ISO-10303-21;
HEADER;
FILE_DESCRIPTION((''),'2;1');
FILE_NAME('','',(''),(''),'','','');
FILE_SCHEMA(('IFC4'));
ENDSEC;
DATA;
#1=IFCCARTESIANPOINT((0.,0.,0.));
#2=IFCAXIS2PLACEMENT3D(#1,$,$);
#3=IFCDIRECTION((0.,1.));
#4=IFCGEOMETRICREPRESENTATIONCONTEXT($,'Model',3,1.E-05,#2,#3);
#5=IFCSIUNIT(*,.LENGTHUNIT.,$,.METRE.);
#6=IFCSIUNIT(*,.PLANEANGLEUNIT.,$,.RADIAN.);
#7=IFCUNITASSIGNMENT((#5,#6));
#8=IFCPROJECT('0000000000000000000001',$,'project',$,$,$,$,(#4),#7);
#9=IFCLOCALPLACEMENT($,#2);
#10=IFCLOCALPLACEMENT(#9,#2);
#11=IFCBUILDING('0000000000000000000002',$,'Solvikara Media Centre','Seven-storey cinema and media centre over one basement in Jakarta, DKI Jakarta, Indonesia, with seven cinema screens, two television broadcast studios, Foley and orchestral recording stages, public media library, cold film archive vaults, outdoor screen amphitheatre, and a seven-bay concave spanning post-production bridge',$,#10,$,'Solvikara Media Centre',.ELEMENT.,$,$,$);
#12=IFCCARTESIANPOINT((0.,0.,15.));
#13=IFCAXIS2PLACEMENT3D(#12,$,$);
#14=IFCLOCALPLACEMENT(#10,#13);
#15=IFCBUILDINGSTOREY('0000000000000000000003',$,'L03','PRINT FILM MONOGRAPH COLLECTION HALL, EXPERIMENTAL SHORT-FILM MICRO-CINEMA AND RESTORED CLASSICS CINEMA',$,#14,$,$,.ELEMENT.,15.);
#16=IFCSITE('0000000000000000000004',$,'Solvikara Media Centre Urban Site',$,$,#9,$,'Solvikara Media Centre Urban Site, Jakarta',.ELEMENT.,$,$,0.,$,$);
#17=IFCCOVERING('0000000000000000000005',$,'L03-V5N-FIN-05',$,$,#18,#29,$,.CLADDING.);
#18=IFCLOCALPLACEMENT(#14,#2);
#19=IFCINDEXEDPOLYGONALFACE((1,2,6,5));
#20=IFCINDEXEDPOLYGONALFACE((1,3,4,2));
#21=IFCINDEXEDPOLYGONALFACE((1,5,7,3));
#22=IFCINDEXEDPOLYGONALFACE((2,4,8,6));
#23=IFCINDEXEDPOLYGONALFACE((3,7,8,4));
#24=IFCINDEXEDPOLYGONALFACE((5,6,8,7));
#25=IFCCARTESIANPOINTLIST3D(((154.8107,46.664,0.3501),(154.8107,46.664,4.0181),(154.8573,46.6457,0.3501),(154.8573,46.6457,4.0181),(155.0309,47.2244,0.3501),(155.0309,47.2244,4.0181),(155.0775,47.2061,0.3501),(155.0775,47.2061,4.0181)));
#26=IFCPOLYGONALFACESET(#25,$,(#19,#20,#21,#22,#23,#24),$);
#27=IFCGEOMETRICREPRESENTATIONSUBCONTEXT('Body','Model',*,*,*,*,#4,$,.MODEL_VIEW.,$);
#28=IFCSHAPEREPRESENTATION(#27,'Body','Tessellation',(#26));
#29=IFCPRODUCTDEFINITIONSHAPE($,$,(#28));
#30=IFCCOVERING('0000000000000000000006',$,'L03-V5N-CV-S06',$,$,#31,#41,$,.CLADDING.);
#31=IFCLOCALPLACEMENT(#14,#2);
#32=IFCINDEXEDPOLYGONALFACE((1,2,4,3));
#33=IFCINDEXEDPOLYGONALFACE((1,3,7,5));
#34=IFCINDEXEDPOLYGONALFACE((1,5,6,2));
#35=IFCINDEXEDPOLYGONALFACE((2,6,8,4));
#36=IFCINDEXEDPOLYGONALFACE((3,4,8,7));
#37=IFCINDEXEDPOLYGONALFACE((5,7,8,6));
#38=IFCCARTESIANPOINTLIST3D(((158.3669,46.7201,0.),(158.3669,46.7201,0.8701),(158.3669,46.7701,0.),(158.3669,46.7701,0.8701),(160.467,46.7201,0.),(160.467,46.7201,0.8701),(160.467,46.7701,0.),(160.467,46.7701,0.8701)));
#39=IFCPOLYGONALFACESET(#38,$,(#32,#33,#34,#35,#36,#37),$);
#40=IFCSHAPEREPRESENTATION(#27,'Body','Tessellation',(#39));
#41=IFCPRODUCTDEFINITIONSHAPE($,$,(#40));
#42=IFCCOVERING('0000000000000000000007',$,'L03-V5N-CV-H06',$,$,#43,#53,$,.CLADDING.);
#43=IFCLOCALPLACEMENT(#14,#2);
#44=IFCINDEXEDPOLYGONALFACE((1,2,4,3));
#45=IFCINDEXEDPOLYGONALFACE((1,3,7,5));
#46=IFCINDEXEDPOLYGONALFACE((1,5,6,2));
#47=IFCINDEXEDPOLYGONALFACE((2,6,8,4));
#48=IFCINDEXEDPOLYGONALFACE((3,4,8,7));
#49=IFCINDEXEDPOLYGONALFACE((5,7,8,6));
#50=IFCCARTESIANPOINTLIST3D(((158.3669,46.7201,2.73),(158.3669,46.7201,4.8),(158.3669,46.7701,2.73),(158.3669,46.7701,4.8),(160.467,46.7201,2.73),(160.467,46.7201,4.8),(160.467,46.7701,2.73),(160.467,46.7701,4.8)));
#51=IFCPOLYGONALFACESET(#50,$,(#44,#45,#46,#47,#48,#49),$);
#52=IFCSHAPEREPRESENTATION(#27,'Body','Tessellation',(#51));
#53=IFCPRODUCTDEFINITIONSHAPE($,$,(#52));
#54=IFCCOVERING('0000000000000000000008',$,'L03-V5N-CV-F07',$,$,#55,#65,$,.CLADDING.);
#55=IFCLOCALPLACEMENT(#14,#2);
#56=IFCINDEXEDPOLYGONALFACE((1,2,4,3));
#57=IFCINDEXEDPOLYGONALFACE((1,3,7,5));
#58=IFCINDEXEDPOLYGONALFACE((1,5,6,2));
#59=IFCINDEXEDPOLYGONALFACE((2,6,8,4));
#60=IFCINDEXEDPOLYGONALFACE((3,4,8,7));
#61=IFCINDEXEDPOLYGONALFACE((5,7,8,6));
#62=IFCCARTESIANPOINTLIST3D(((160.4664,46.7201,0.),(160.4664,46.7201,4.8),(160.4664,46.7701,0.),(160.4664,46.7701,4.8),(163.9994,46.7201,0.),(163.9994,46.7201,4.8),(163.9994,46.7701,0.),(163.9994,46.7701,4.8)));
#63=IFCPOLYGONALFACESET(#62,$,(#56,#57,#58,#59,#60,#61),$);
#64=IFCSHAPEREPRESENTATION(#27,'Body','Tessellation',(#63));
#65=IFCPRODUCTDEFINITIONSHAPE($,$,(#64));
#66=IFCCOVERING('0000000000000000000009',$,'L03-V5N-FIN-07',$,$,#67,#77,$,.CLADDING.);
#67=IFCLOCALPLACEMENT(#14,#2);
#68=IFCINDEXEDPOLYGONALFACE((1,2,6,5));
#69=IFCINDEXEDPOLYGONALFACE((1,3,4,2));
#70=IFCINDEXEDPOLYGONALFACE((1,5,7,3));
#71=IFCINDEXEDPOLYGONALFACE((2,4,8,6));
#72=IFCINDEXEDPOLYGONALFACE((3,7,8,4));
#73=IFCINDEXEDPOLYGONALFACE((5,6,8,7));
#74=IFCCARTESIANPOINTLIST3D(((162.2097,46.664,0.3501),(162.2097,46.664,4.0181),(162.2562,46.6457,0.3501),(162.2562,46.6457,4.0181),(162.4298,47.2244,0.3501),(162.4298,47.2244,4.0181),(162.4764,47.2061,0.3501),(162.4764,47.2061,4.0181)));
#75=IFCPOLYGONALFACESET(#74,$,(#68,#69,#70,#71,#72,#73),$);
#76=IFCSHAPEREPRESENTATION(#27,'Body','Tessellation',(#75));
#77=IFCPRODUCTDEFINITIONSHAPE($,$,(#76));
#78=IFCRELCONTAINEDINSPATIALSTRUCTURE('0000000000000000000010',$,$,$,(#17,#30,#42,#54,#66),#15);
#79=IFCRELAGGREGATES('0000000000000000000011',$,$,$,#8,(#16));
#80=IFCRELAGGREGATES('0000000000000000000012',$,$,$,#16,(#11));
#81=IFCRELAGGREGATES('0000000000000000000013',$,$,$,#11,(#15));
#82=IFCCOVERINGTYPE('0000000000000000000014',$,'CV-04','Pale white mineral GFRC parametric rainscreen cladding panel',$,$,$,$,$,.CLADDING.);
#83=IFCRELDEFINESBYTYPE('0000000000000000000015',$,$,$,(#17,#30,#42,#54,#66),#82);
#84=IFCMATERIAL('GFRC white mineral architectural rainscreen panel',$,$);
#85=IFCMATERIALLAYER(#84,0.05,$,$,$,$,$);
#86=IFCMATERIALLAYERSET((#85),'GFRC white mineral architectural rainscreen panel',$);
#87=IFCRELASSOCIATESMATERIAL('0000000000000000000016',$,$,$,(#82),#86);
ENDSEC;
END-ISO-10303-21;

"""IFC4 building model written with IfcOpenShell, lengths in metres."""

from ifc_helpers import new_model, si_unit, direction, frame, origin, origin_2d, place, context, subcontext, project, spatial, rectangle, extrude, material, layer, layer_set, type_object, element, save


model = new_model("IFC4")

# Units and contexts
model_context = context("Model", 3, precision=1e-05, world=origin(), true_north=direction((0.0, 1.0)))
body_context = subcontext(model_context, "Body", "Model", "MODEL_VIEW")
ifc_project = project(units=[si_unit("LENGTHUNIT", "METRE"), si_unit("PLANEANGLEUNIT", "RADIAN")], contexts=[model_context])

# Site, building, storey
site_placement = place(None, origin())
site = spatial("IfcSite", under=ifc_project, at=site_placement, Name="Solvikara Media Centre Urban Site", LongName="Solvikara Media Centre Urban Site, Jakarta", CompositionType="ELEMENT", RefElevation=0.0)
building_placement = place(site_placement, origin())
building = spatial("IfcBuilding", under=site, at=building_placement, Name="Solvikara Media Centre", Description="Seven-storey cinema and media centre over one basement in Jakarta, DKI Jakarta, Indonesia, with seven cinema screens, two television broadcast studios, Foley and orchestral recording stages, public media library, cold film archive vaults, outdoor screen amphitheatre, and a seven-bay concave spanning post-production bridge", LongName="Solvikara Media Centre", CompositionType="ELEMENT")
storey_placement = place(building_placement, frame((0.0, 0.0, 15.0)))
storey = spatial("IfcBuildingStorey", under=building, at=storey_placement, Name="L03", Description="PRINT FILM MONOGRAPH COLLECTION HALL, EXPERIMENTAL SHORT-FILM MICRO-CINEMA AND RESTORED CLASSICS CINEMA", CompositionType="ELEMENT", Elevation=15.0)

# Coverings
ifc_material_1 = material(Name="GFRC white mineral architectural rainscreen panel")
ifc_layer_1 = layer(ifc_material_1, 0.05)
ifc_layer_set_1 = layer_set([ifc_layer_1], Name="GFRC white mineral architectural rainscreen panel")
covering_type_1 = type_object("IfcCoveringType", Name="CV-04", Description="Pale white mineral GFRC parametric rainscreen cladding panel", PredefinedType="CLADDING", material=ifc_layer_set_1)
covering_1_placement = place(storey_placement, frame((154.9441, 46.9351, 0.3501), z_axis=(0.0, 0.0, 1.0), x_axis=(0.365657, 0.93075, 0.0)))
element("IfcCovering", 1, at=covering_1_placement, inside=storey, type_object=covering_type_1, Name="L03-V5N-FIN-05", PredefinedType="CLADDING", context=body_context, shape_type="SweptSolid", body=[
    extrude(rectangle(XDim=0.6021, YDim=0.05, at=origin_2d()), origin(), (0.0, 0.0, 1.0), 3.668),
])
covering_2_placement = place(storey_placement, frame((159.417, 46.7451, 0.0), z_axis=(0.0, 0.0, 1.0), x_axis=(1.0, 0.0, 0.0)))
element("IfcCovering", 2, at=covering_2_placement, inside=storey, type_object=covering_type_1, Name="L03-V5N-CV-S06", PredefinedType="CLADDING", context=body_context, shape_type="SweptSolid", body=[
    extrude(rectangle(XDim=2.1001, YDim=0.05, at=origin_2d()), origin(), (0.0, 0.0, 1.0), 0.8701),
])
covering_3_placement = place(storey_placement, frame((159.417, 46.7451, 2.73), z_axis=(0.0, 0.0, 1.0), x_axis=(1.0, 0.0, 0.0)))
element("IfcCovering", 3, at=covering_3_placement, inside=storey, type_object=covering_type_1, Name="L03-V5N-CV-H06", PredefinedType="CLADDING", context=body_context, shape_type="SweptSolid", body=[
    extrude(rectangle(XDim=2.1001, YDim=0.05, at=origin_2d()), origin(), (0.0, 0.0, 1.0), 2.0701),
])
covering_4_placement = place(storey_placement, frame((162.2329, 46.7451, 0.0), z_axis=(0.0, 0.0, 1.0), x_axis=(1.0, 0.0, 0.0)))
element("IfcCovering", 4, at=covering_4_placement, inside=storey, type_object=covering_type_1, Name="L03-V5N-CV-F07", PredefinedType="CLADDING", context=body_context, shape_type="SweptSolid", body=[
    extrude(rectangle(XDim=3.533, YDim=0.05, at=origin_2d()), origin(), (0.0, 0.0, 1.0), 4.8),
])
covering_5_placement = place(storey_placement, frame((162.343, 46.9351, 0.3501), z_axis=(0.0, 0.0, 1.0), x_axis=(0.365657, 0.93075, 0.0)))
element("IfcCovering", 5, at=covering_5_placement, inside=storey, type_object=covering_type_1, Name="L03-V5N-FIN-07", PredefinedType="CLADDING", context=body_context, shape_type="SweptSolid", body=[
    extrude(rectangle(XDim=0.6021, YDim=0.05, at=origin_2d()), origin(), (0.0, 0.0, 1.0), 3.668),
])

save(model, "model.ifc")
